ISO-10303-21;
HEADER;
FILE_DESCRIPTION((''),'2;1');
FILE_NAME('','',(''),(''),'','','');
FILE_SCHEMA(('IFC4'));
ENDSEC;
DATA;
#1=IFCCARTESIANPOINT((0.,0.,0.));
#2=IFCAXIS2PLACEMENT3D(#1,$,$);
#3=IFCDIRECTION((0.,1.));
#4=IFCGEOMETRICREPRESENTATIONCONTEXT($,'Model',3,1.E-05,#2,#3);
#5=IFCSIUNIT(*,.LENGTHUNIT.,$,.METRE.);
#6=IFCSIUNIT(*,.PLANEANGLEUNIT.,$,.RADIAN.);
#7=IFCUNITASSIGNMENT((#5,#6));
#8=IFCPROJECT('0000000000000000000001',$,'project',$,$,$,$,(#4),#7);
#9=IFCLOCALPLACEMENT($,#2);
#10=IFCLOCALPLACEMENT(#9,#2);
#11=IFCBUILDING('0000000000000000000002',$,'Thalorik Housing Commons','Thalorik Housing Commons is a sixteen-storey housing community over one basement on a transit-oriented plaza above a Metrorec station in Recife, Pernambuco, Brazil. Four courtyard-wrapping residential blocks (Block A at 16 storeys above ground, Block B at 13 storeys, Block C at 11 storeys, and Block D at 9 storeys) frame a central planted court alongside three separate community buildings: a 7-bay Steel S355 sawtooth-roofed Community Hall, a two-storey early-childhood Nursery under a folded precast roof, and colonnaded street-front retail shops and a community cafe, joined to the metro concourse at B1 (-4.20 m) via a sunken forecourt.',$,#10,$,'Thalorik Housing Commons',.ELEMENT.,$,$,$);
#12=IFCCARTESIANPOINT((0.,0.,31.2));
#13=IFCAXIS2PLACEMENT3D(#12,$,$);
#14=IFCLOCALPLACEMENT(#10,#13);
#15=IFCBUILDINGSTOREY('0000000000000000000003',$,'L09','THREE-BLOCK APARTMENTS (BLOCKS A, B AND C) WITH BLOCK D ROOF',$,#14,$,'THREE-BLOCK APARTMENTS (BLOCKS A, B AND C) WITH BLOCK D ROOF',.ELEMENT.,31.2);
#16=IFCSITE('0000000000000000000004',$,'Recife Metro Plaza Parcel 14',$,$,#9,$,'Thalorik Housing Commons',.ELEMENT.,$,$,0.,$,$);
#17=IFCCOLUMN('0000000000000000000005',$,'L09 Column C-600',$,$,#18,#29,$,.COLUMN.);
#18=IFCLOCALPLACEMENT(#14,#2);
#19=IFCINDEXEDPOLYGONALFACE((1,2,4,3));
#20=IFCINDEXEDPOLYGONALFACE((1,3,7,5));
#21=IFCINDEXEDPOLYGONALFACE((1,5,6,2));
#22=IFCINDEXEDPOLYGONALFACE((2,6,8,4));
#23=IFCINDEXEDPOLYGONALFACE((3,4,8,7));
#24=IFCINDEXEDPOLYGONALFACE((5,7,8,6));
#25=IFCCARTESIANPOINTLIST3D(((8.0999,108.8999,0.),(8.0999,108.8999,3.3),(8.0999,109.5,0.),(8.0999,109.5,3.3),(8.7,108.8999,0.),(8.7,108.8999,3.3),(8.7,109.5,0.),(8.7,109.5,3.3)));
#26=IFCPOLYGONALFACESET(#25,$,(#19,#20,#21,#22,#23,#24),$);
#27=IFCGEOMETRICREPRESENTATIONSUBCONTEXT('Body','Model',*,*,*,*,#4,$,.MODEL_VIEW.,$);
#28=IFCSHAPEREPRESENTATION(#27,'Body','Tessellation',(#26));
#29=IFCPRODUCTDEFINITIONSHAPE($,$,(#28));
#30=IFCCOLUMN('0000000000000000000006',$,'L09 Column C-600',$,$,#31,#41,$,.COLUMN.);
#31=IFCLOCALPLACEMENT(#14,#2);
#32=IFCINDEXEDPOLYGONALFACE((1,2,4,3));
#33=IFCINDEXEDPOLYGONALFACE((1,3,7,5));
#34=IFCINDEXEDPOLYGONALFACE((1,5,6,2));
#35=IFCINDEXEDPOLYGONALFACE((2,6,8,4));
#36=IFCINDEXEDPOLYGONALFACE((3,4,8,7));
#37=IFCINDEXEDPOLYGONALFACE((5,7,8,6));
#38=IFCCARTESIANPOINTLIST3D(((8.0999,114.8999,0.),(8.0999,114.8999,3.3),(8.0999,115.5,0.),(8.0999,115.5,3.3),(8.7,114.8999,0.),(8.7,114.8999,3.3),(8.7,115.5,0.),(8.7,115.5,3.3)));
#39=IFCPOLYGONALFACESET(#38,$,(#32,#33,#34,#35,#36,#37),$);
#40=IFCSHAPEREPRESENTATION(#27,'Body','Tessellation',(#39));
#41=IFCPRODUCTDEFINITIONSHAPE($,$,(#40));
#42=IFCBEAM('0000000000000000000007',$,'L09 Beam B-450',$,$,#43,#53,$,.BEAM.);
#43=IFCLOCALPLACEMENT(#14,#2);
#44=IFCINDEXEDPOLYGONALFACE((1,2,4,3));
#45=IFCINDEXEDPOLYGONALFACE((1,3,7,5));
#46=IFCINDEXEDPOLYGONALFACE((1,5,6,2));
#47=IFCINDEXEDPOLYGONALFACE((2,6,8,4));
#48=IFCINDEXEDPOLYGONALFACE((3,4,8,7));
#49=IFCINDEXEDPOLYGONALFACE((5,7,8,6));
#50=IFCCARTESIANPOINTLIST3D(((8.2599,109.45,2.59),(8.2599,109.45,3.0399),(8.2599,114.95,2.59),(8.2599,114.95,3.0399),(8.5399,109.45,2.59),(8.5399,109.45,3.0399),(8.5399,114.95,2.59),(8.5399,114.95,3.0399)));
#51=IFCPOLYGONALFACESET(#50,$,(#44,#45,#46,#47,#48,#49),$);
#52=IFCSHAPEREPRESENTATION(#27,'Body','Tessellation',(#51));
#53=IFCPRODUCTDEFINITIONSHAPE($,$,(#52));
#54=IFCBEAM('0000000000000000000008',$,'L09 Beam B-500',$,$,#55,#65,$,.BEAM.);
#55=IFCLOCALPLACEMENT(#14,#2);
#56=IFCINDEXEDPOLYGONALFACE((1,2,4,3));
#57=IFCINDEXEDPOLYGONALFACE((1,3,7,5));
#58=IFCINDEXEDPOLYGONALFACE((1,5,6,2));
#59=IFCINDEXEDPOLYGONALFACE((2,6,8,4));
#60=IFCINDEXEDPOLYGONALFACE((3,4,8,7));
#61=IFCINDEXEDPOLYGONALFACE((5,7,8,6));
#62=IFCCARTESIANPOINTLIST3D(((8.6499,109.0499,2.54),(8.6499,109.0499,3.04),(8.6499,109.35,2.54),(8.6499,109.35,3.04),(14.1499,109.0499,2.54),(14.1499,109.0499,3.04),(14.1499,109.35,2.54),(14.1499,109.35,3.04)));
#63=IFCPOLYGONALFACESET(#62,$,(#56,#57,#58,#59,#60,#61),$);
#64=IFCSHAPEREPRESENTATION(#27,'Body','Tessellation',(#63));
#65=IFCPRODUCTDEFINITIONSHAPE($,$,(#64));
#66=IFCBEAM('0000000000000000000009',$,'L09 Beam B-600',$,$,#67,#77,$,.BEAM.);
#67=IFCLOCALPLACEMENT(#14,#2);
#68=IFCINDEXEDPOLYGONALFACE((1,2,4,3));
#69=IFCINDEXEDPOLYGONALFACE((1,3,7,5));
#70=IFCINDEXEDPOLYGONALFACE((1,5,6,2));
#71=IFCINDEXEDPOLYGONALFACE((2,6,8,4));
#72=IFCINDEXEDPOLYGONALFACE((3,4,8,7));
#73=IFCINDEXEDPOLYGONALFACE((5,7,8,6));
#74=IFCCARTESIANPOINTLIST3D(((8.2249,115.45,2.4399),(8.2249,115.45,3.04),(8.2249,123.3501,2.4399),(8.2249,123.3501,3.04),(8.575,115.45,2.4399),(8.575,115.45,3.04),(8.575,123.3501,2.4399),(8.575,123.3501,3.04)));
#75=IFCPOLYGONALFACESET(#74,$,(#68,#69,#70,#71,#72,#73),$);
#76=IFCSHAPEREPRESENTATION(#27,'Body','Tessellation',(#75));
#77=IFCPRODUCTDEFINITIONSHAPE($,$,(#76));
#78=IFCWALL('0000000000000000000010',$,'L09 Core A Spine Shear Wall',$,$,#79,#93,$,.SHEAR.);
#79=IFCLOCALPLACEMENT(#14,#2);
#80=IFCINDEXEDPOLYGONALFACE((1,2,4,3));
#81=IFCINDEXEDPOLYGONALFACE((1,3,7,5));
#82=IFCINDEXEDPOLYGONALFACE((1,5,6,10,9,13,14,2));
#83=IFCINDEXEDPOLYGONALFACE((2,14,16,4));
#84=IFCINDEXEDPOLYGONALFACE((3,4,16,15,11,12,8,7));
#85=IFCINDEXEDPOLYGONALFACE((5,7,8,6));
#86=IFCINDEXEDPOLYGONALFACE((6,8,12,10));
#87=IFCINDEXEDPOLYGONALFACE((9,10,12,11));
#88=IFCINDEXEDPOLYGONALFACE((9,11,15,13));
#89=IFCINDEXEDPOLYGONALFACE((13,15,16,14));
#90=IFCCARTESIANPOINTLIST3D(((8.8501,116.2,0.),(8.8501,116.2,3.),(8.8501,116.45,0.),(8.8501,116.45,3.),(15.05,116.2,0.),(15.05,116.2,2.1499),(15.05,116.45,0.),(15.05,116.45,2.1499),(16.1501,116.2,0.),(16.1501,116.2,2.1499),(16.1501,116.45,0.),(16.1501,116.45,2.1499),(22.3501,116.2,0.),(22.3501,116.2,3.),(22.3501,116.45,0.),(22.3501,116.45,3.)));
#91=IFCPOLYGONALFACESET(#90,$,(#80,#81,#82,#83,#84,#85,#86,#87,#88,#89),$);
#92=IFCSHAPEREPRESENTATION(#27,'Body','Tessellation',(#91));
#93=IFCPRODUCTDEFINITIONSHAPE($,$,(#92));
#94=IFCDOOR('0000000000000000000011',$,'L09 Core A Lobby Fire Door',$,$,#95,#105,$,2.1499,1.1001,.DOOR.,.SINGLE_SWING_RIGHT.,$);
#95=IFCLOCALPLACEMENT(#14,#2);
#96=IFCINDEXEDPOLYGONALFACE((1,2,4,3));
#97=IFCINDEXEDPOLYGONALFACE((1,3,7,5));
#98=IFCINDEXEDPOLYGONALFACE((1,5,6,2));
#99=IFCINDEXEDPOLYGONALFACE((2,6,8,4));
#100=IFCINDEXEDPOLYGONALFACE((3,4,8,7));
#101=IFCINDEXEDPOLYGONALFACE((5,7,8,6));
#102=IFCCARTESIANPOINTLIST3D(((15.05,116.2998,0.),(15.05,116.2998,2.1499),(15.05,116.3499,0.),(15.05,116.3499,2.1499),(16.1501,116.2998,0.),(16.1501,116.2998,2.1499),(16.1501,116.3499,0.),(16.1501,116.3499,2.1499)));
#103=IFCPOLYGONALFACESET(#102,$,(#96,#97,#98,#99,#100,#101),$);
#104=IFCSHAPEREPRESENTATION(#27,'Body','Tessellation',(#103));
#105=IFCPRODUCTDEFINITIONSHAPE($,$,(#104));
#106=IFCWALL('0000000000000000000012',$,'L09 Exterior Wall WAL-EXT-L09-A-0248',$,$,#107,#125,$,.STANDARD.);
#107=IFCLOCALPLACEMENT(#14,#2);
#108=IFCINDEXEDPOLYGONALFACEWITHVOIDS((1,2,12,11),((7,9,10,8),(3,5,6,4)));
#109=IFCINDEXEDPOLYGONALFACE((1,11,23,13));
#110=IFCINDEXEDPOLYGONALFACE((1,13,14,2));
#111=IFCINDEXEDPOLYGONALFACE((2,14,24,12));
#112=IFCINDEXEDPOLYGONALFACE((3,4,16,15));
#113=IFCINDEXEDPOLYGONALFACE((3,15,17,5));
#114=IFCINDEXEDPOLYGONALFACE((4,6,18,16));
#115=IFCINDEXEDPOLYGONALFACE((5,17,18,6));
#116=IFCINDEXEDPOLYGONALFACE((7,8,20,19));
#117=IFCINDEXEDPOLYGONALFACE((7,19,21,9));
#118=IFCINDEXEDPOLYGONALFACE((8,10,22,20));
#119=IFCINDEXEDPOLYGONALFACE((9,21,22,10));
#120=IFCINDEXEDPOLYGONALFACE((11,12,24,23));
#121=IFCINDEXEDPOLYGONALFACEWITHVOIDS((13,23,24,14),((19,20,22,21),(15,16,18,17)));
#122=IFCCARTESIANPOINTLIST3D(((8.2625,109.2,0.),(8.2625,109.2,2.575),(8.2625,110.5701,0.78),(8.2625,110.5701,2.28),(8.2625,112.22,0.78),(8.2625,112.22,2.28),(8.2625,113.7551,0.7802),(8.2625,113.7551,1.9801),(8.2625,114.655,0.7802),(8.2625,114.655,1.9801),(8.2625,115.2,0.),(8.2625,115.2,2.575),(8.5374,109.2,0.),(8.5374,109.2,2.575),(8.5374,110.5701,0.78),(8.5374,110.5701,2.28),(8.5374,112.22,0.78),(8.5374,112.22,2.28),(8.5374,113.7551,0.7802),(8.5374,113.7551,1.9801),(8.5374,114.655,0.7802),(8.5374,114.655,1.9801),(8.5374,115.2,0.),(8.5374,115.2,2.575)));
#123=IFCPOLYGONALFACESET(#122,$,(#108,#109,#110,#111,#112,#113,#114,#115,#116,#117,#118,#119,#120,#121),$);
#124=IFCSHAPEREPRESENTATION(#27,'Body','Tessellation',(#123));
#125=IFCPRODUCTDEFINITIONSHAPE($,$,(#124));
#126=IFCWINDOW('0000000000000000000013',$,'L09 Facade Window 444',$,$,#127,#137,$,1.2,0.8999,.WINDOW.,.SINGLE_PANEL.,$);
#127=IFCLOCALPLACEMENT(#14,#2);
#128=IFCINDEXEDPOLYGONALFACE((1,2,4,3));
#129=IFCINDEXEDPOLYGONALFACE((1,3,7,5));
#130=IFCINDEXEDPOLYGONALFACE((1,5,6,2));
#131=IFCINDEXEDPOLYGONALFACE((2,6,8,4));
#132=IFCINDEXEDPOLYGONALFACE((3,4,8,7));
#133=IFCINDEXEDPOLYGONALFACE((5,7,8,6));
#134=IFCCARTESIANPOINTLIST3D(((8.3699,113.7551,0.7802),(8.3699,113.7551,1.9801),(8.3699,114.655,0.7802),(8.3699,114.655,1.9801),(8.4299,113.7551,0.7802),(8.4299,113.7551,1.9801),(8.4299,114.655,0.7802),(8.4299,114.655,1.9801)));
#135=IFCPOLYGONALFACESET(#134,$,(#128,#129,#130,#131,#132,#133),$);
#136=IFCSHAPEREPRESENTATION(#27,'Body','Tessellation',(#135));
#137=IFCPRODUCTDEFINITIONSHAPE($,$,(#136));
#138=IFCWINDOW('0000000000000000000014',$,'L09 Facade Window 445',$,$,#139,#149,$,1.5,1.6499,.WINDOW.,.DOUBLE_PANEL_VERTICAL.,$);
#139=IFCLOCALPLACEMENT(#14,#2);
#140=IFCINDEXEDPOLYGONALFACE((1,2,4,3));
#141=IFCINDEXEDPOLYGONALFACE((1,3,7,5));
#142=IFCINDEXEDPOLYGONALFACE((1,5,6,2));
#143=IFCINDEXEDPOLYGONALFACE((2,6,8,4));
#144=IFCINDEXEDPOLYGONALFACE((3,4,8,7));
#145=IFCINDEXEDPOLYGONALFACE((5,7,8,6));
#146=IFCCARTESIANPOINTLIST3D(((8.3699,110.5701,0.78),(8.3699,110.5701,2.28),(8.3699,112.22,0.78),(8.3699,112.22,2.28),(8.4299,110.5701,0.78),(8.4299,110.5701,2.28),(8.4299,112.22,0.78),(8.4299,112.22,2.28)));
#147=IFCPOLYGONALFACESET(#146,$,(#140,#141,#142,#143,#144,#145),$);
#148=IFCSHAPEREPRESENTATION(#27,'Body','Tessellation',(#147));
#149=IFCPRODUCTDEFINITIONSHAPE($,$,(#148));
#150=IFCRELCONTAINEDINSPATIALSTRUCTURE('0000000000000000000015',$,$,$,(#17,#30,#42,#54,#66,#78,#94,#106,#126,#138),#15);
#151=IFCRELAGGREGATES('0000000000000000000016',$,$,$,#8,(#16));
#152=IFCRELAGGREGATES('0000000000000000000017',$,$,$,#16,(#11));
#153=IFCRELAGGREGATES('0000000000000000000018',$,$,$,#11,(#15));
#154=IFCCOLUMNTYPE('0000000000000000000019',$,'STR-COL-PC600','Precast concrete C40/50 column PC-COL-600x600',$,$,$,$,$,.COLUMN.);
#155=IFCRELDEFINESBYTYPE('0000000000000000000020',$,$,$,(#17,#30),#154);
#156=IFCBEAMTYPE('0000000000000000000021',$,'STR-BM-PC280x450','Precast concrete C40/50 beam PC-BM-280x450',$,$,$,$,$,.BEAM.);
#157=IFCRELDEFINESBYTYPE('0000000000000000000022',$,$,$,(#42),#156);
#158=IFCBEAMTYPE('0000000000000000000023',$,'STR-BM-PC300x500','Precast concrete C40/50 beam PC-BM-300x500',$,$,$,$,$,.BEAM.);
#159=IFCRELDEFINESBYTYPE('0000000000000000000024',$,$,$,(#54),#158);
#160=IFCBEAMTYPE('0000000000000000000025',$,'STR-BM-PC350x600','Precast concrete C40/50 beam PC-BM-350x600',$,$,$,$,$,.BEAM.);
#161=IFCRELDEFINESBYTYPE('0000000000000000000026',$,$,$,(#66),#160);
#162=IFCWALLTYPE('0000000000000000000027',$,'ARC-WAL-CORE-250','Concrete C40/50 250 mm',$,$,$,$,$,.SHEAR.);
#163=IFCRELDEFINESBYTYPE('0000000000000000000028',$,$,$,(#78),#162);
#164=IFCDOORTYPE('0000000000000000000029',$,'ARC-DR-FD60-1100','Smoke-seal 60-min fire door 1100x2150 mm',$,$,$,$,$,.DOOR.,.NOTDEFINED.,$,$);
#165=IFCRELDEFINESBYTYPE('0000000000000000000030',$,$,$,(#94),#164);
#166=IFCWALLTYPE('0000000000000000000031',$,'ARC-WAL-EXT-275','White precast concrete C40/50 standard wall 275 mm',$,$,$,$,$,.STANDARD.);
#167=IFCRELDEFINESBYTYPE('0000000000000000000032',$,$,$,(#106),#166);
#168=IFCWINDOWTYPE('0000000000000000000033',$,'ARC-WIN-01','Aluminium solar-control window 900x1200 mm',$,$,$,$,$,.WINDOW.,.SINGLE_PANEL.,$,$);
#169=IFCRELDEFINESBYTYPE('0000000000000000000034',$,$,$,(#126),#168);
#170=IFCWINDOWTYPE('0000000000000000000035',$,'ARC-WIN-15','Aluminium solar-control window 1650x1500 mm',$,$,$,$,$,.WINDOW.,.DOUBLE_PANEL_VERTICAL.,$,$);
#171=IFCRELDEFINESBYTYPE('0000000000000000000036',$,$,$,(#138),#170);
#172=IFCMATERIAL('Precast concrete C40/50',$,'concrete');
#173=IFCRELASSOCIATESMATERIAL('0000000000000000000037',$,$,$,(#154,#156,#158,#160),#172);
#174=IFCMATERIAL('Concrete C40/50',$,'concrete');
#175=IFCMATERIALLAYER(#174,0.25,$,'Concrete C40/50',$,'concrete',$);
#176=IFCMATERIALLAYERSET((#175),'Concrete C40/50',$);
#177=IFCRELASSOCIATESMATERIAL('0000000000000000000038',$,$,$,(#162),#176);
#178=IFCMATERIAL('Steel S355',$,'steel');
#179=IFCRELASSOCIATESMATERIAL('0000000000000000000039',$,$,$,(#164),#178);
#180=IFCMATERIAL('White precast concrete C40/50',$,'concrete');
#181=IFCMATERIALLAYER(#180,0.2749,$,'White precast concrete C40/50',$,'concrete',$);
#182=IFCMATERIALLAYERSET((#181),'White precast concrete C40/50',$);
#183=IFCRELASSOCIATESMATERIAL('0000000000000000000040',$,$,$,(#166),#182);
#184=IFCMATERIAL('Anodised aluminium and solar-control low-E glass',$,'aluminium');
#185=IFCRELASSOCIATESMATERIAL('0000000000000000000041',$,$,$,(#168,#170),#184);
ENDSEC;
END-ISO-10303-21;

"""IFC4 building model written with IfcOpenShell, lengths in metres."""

from ifc_helpers import new_model, si_unit, direction, frame, frame_2d, origin, origin_2d, place, context, subcontext, project, spatial, rectangle, extrude, material, layer, layer_set, material_profile, profile_set, type_object, element, fill, save


model = new_model("IFC4")

# Units and contexts
model_context = context("Model", 3, precision=1e-05, world=origin(), true_north=direction((0.0, 1.0)))
body_context = subcontext(model_context, "Body", "Model", "MODEL_VIEW")
ifc_project = project(units=[si_unit("LENGTHUNIT", "METRE"), si_unit("PLANEANGLEUNIT", "RADIAN")], contexts=[model_context])

# Site, building, storey
site_placement = place(None, origin())
site = spatial("IfcSite", under=ifc_project, at=site_placement, Name="Recife Metro Plaza Parcel 14", LongName="Thalorik Housing Commons", CompositionType="ELEMENT", RefElevation=0.0)
building_placement = place(site_placement, origin())
building = spatial("IfcBuilding", under=site, at=building_placement, Name="Thalorik Housing Commons", Description="Thalorik Housing Commons is a sixteen-storey housing community over one basement on a transit-oriented plaza above a Metrorec station in Recife, Pernambuco, Brazil. Four courtyard-wrapping residential blocks (Block A at 16 storeys above ground, Block B at 13 storeys, Block C at 11 storeys, and Block D at 9 storeys) frame a central planted court alongside three separate community buildings: a 7-bay Steel S355 sawtooth-roofed Community Hall, a two-storey early-childhood Nursery under a folded precast roof, and colonnaded street-front retail shops and a community cafe, joined to the metro concourse at B1 (-4.20 m) via a sunken forecourt.", LongName="Thalorik Housing Commons", CompositionType="ELEMENT")
storey_placement = place(building_placement, frame((0.0, 0.0, 31.2)))
storey = spatial("IfcBuildingStorey", under=building, at=storey_placement, Name="L09", Description="THREE-BLOCK APARTMENTS (BLOCKS A, B AND C) WITH BLOCK D ROOF", LongName="THREE-BLOCK APARTMENTS (BLOCKS A, B AND C) WITH BLOCK D ROOF", CompositionType="ELEMENT", Elevation=31.2)

# Columns
ifc_material_1 = material(Name="Precast concrete C40/50", Category="concrete")
ifc_material_profile_1 = material_profile(ifc_material_1, rectangle(XDim=0.6001, YDim=0.6001, at=origin_2d()), Name="PC 600x600", Category="concrete")
ifc_profile_set_1 = profile_set([ifc_material_profile_1], Name="Precast concrete C40/50")
column_type = type_object("IfcColumnType", Name="STR-COL-PC600", Description="Precast concrete C40/50 column PC-COL-600x600", PredefinedType="COLUMN", material=ifc_profile_set_1)
for number, where, z_axis, x_axis, name in (
    (1, (8.3999, 109.2, 0.0), (0.0, 0.0, 1.0), (1.0, 0.0, 0.0), "L09 Column C-600"),
    (2, (8.3999, 115.2, 0.0), (0.0, 0.0, 1.0), (1.0, 0.0, 0.0), "L09 Column C-600"),
):
    element("IfcColumn", number, at=place(storey_placement, frame(where, z_axis=z_axis, x_axis=x_axis)), inside=storey, type_object=column_type, Name=name, PredefinedType="COLUMN", context=body_context, shape_type="SweptSolid", body=[
        extrude(rectangle(XDim=0.6001, YDim=0.6001, at=origin_2d()), origin(), (0.0, 0.0, 1.0), 3.3),
    ])

# Beams
ifc_material_profile_2 = material_profile(ifc_material_1, rectangle(XDim=0.28, YDim=0.45, at=origin_2d()), Name="PC 280x450", Category="concrete")
ifc_profile_set_2 = profile_set([ifc_material_profile_2], Name="Precast concrete C40/50")
beam_type_1 = type_object("IfcBeamType", Name="STR-BM-PC280x450", Description="Precast concrete C40/50 beam PC-BM-280x450", PredefinedType="BEAM", material=ifc_profile_set_2)
beam_1_placement = place(storey_placement, frame((8.3999, 109.45, 2.8149), z_axis=(0.0, 1.0, 0.0), x_axis=(-1.0, 0.0, 0.0)))
element("IfcBeam", 3, at=beam_1_placement, inside=storey, type_object=beam_type_1, Name="L09 Beam B-450", PredefinedType="BEAM", context=body_context, shape_type="SweptSolid", body=[
    extrude(rectangle(XDim=0.28, YDim=0.45, at=origin_2d()), origin(), (0.0, 0.0, 1.0), 5.5),
])
ifc_material_profile_3 = material_profile(ifc_material_1, rectangle(XDim=0.3, YDim=0.5, at=origin_2d()), Name="PC 300x500", Category="concrete")
ifc_profile_set_3 = profile_set([ifc_material_profile_3], Name="Precast concrete C40/50")
beam_type_2 = type_object("IfcBeamType", Name="STR-BM-PC300x500", Description="Precast concrete C40/50 beam PC-BM-300x500", PredefinedType="BEAM", material=ifc_profile_set_3)
beam_2_placement = place(storey_placement, frame((8.6499, 109.2, 2.79), z_axis=(1.0, 0.0, 0.0), x_axis=(0.0, 1.0, 0.0)))
element("IfcBeam", 4, at=beam_2_placement, inside=storey, type_object=beam_type_2, Name="L09 Beam B-500", PredefinedType="BEAM", context=body_context, shape_type="SweptSolid", body=[
    extrude(rectangle(XDim=0.3, YDim=0.5, at=origin_2d()), origin(), (0.0, 0.0, 1.0), 5.5),
])
ifc_material_profile_4 = material_profile(ifc_material_1, rectangle(XDim=0.3501, YDim=0.6001, at=origin_2d()), Name="PC 350x600", Category="concrete")
ifc_profile_set_4 = profile_set([ifc_material_profile_4], Name="Precast concrete C40/50")
beam_type_3 = type_object("IfcBeamType", Name="STR-BM-PC350x600", Description="Precast concrete C40/50 beam PC-BM-350x600", PredefinedType="BEAM", material=ifc_profile_set_4)
beam_3_placement = place(storey_placement, frame((8.3999, 115.45, 2.74), z_axis=(0.0, 1.0, 0.0), x_axis=(-1.0, 0.0, 0.0)))
element("IfcBeam", 5, at=beam_3_placement, inside=storey, type_object=beam_type_3, Name="L09 Beam B-600", PredefinedType="BEAM", context=body_context, shape_type="SweptSolid", body=[
    extrude(rectangle(XDim=0.3501, YDim=0.6001, at=origin_2d()), origin(), (0.0, 0.0, 1.0), 7.9001),
])

# Wall, opening, door
ifc_material_2 = material(Name="Concrete C40/50", Category="concrete")
ifc_layer_1 = layer(ifc_material_2, 0.25, Name="Concrete C40/50", Category="concrete")
ifc_layer_set_1 = layer_set([ifc_layer_1], Name="Concrete C40/50")
wall_type_1 = type_object("IfcWallType", Name="ARC-WAL-CORE-250", Description="Concrete C40/50 250 mm", PredefinedType="SHEAR", material=ifc_layer_set_1)
wall_1_placement = place(storey_placement, frame((8.8501, 116.325, 0.0), z_axis=(0.0, 0.0, 1.0), x_axis=(1.0, 0.0, 0.0)))
wall_1 = element("IfcWall", 6, at=wall_1_placement, inside=storey, type_object=wall_type_1, Name="L09 Core A Spine Shear Wall", PredefinedType="SHEAR", context=body_context, shape_type="SweptSolid", body=[
    extrude(rectangle(XDim=13.5, YDim=0.25, at=frame_2d((6.75, 0.0))), origin(), (0.0, 0.0, 1.0), 3.0),
])
opening_1_placement = place(wall_1_placement, frame((6.2, 0.0, 0.0)))
opening_1 = element("IfcOpeningElement", 7, at=opening_1_placement, cuts=wall_1, PredefinedType="OPENING", context=body_context, shape_type="SweptSolid", body=[
    extrude(rectangle(XDim=1.1001, YDim=2.1499, at=frame_2d((0.55, 1.075))), frame((0.0, 0.135, 0.0), z_axis=(0.0, -1.0, 0.0), x_axis=(1.0, 0.0, 0.0)), (0.0, 0.0, 1.0), 0.27),
])
ifc_material_3 = material(Name="Steel S355", Category="steel")
door_type_1 = type_object("IfcDoorType", Name="ARC-DR-FD60-1100", Description="Smoke-seal 60-min fire door 1100x2150 mm", OperationType="NOTDEFINED", PredefinedType="DOOR", material=ifc_material_3)
door_1_placement = place(opening_1_placement, origin())
door_1 = element("IfcDoor", 8, at=door_1_placement, inside=storey, type_object=door_type_1, Name="L09 Core A Lobby Fire Door", OperationType="SINGLE_SWING_RIGHT", OverallHeight=2.1499, OverallWidth=1.1001, PredefinedType="DOOR", context=body_context, shape_type="SweptSolid", body=[
    extrude(rectangle(XDim=1.1001, YDim=2.1499, at=frame_2d((0.55, 1.075))), frame((0.0, 0.0249, 0.0), z_axis=(0.0, -1.0, 0.0), x_axis=(1.0, 0.0, 0.0)), (0.0, 0.0, 1.0), 0.05),
])
fill(opening_1, door_1)

# Wall, openings, windows
ifc_material_4 = material(Name="White precast concrete C40/50", Category="concrete")
ifc_layer_2 = layer(ifc_material_4, 0.2749, Name="White precast concrete C40/50", Category="concrete")
ifc_layer_set_2 = layer_set([ifc_layer_2], Name="White precast concrete C40/50")
wall_type_2 = type_object("IfcWallType", Name="ARC-WAL-EXT-275", Description="White precast concrete C40/50 standard wall 275 mm", PredefinedType="STANDARD", material=ifc_layer_set_2)
wall_2_placement = place(storey_placement, frame((8.3999, 115.2, 0.0), z_axis=(0.0, 0.0, 1.0), x_axis=(0.0, -1.0, 0.0)))
wall_2 = element("IfcWall", 9, at=wall_2_placement, inside=storey, type_object=wall_type_2, Name="L09 Exterior Wall WAL-EXT-L09-A-0248", PredefinedType="STANDARD", context=body_context, shape_type="SweptSolid", body=[
    extrude(rectangle(XDim=6.0, YDim=0.2749, at=frame_2d((3.0, 0.0))), origin(), (0.0, 0.0, 1.0), 2.575),
])
opening_2_placement = place(wall_2_placement, frame((0.5449, 0.0, 0.78)))
opening_2 = element("IfcOpeningElement", 10, at=opening_2_placement, cuts=wall_2, PredefinedType="OPENING", context=body_context, shape_type="SweptSolid", body=[
    extrude(rectangle(XDim=0.8999, YDim=1.2, at=frame_2d((0.45, 0.6001))), frame((0.0, 0.1475, 0.0), z_axis=(0.0, -1.0, 0.0), x_axis=(1.0, 0.0, 0.0)), (0.0, 0.0, 1.0), 0.2949),
])
opening_3_placement = place(wall_2_placement, frame((2.98, 0.0, 0.78)))
opening_3 = element("IfcOpeningElement", 11, at=opening_3_placement, cuts=wall_2, PredefinedType="OPENING", context=body_context, shape_type="SweptSolid", body=[
    extrude(rectangle(XDim=1.6499, YDim=1.5, at=frame_2d((0.825, 0.75))), frame((0.0, 0.1475, 0.0), z_axis=(0.0, -1.0, 0.0), x_axis=(1.0, 0.0, 0.0)), (0.0, 0.0, 1.0), 0.2949),
])
ifc_material_5 = material(Name="Anodised aluminium and solar-control low-E glass", Category="aluminium")
window_type_1 = type_object("IfcWindowType", Name="ARC-WIN-01", Description="Aluminium solar-control window 900x1200 mm", PartitioningType="SINGLE_PANEL", PredefinedType="WINDOW", material=ifc_material_5)
window_1_placement = place(opening_2_placement, origin())
window_1 = element("IfcWindow", 12, at=window_1_placement, inside=storey, type_object=window_type_1, Name="L09 Facade Window 444", OverallHeight=1.2, OverallWidth=0.8999, PartitioningType="SINGLE_PANEL", PredefinedType="WINDOW", context=body_context, shape_type="SweptSolid", body=[
    extrude(rectangle(XDim=0.8999, YDim=1.2, at=frame_2d((0.45, 0.6001))), frame((0.0, 0.03, 0.0), z_axis=(0.0, -1.0, 0.0), x_axis=(1.0, 0.0, 0.0)), (0.0, 0.0, 1.0), 0.0601),
])
fill(opening_2, window_1)
window_type_2 = type_object("IfcWindowType", Name="ARC-WIN-15", Description="Aluminium solar-control window 1650x1500 mm", PartitioningType="DOUBLE_PANEL_VERTICAL", PredefinedType="WINDOW", material=ifc_material_5)
window_2_placement = place(opening_3_placement, origin())
window_2 = element("IfcWindow", 13, at=window_2_placement, inside=storey, type_object=window_type_2, Name="L09 Facade Window 445", OverallHeight=1.5, OverallWidth=1.6499, PartitioningType="DOUBLE_PANEL_VERTICAL", PredefinedType="WINDOW", context=body_context, shape_type="SweptSolid", body=[
    extrude(rectangle(XDim=1.6499, YDim=1.5, at=frame_2d((0.825, 0.75))), frame((0.0, 0.03, 0.0), z_axis=(0.0, -1.0, 0.0), x_axis=(1.0, 0.0, 0.0)), (0.0, 0.0, 1.0), 0.0601),
])
fill(opening_3, window_2)

save(model, "model.ifc")
